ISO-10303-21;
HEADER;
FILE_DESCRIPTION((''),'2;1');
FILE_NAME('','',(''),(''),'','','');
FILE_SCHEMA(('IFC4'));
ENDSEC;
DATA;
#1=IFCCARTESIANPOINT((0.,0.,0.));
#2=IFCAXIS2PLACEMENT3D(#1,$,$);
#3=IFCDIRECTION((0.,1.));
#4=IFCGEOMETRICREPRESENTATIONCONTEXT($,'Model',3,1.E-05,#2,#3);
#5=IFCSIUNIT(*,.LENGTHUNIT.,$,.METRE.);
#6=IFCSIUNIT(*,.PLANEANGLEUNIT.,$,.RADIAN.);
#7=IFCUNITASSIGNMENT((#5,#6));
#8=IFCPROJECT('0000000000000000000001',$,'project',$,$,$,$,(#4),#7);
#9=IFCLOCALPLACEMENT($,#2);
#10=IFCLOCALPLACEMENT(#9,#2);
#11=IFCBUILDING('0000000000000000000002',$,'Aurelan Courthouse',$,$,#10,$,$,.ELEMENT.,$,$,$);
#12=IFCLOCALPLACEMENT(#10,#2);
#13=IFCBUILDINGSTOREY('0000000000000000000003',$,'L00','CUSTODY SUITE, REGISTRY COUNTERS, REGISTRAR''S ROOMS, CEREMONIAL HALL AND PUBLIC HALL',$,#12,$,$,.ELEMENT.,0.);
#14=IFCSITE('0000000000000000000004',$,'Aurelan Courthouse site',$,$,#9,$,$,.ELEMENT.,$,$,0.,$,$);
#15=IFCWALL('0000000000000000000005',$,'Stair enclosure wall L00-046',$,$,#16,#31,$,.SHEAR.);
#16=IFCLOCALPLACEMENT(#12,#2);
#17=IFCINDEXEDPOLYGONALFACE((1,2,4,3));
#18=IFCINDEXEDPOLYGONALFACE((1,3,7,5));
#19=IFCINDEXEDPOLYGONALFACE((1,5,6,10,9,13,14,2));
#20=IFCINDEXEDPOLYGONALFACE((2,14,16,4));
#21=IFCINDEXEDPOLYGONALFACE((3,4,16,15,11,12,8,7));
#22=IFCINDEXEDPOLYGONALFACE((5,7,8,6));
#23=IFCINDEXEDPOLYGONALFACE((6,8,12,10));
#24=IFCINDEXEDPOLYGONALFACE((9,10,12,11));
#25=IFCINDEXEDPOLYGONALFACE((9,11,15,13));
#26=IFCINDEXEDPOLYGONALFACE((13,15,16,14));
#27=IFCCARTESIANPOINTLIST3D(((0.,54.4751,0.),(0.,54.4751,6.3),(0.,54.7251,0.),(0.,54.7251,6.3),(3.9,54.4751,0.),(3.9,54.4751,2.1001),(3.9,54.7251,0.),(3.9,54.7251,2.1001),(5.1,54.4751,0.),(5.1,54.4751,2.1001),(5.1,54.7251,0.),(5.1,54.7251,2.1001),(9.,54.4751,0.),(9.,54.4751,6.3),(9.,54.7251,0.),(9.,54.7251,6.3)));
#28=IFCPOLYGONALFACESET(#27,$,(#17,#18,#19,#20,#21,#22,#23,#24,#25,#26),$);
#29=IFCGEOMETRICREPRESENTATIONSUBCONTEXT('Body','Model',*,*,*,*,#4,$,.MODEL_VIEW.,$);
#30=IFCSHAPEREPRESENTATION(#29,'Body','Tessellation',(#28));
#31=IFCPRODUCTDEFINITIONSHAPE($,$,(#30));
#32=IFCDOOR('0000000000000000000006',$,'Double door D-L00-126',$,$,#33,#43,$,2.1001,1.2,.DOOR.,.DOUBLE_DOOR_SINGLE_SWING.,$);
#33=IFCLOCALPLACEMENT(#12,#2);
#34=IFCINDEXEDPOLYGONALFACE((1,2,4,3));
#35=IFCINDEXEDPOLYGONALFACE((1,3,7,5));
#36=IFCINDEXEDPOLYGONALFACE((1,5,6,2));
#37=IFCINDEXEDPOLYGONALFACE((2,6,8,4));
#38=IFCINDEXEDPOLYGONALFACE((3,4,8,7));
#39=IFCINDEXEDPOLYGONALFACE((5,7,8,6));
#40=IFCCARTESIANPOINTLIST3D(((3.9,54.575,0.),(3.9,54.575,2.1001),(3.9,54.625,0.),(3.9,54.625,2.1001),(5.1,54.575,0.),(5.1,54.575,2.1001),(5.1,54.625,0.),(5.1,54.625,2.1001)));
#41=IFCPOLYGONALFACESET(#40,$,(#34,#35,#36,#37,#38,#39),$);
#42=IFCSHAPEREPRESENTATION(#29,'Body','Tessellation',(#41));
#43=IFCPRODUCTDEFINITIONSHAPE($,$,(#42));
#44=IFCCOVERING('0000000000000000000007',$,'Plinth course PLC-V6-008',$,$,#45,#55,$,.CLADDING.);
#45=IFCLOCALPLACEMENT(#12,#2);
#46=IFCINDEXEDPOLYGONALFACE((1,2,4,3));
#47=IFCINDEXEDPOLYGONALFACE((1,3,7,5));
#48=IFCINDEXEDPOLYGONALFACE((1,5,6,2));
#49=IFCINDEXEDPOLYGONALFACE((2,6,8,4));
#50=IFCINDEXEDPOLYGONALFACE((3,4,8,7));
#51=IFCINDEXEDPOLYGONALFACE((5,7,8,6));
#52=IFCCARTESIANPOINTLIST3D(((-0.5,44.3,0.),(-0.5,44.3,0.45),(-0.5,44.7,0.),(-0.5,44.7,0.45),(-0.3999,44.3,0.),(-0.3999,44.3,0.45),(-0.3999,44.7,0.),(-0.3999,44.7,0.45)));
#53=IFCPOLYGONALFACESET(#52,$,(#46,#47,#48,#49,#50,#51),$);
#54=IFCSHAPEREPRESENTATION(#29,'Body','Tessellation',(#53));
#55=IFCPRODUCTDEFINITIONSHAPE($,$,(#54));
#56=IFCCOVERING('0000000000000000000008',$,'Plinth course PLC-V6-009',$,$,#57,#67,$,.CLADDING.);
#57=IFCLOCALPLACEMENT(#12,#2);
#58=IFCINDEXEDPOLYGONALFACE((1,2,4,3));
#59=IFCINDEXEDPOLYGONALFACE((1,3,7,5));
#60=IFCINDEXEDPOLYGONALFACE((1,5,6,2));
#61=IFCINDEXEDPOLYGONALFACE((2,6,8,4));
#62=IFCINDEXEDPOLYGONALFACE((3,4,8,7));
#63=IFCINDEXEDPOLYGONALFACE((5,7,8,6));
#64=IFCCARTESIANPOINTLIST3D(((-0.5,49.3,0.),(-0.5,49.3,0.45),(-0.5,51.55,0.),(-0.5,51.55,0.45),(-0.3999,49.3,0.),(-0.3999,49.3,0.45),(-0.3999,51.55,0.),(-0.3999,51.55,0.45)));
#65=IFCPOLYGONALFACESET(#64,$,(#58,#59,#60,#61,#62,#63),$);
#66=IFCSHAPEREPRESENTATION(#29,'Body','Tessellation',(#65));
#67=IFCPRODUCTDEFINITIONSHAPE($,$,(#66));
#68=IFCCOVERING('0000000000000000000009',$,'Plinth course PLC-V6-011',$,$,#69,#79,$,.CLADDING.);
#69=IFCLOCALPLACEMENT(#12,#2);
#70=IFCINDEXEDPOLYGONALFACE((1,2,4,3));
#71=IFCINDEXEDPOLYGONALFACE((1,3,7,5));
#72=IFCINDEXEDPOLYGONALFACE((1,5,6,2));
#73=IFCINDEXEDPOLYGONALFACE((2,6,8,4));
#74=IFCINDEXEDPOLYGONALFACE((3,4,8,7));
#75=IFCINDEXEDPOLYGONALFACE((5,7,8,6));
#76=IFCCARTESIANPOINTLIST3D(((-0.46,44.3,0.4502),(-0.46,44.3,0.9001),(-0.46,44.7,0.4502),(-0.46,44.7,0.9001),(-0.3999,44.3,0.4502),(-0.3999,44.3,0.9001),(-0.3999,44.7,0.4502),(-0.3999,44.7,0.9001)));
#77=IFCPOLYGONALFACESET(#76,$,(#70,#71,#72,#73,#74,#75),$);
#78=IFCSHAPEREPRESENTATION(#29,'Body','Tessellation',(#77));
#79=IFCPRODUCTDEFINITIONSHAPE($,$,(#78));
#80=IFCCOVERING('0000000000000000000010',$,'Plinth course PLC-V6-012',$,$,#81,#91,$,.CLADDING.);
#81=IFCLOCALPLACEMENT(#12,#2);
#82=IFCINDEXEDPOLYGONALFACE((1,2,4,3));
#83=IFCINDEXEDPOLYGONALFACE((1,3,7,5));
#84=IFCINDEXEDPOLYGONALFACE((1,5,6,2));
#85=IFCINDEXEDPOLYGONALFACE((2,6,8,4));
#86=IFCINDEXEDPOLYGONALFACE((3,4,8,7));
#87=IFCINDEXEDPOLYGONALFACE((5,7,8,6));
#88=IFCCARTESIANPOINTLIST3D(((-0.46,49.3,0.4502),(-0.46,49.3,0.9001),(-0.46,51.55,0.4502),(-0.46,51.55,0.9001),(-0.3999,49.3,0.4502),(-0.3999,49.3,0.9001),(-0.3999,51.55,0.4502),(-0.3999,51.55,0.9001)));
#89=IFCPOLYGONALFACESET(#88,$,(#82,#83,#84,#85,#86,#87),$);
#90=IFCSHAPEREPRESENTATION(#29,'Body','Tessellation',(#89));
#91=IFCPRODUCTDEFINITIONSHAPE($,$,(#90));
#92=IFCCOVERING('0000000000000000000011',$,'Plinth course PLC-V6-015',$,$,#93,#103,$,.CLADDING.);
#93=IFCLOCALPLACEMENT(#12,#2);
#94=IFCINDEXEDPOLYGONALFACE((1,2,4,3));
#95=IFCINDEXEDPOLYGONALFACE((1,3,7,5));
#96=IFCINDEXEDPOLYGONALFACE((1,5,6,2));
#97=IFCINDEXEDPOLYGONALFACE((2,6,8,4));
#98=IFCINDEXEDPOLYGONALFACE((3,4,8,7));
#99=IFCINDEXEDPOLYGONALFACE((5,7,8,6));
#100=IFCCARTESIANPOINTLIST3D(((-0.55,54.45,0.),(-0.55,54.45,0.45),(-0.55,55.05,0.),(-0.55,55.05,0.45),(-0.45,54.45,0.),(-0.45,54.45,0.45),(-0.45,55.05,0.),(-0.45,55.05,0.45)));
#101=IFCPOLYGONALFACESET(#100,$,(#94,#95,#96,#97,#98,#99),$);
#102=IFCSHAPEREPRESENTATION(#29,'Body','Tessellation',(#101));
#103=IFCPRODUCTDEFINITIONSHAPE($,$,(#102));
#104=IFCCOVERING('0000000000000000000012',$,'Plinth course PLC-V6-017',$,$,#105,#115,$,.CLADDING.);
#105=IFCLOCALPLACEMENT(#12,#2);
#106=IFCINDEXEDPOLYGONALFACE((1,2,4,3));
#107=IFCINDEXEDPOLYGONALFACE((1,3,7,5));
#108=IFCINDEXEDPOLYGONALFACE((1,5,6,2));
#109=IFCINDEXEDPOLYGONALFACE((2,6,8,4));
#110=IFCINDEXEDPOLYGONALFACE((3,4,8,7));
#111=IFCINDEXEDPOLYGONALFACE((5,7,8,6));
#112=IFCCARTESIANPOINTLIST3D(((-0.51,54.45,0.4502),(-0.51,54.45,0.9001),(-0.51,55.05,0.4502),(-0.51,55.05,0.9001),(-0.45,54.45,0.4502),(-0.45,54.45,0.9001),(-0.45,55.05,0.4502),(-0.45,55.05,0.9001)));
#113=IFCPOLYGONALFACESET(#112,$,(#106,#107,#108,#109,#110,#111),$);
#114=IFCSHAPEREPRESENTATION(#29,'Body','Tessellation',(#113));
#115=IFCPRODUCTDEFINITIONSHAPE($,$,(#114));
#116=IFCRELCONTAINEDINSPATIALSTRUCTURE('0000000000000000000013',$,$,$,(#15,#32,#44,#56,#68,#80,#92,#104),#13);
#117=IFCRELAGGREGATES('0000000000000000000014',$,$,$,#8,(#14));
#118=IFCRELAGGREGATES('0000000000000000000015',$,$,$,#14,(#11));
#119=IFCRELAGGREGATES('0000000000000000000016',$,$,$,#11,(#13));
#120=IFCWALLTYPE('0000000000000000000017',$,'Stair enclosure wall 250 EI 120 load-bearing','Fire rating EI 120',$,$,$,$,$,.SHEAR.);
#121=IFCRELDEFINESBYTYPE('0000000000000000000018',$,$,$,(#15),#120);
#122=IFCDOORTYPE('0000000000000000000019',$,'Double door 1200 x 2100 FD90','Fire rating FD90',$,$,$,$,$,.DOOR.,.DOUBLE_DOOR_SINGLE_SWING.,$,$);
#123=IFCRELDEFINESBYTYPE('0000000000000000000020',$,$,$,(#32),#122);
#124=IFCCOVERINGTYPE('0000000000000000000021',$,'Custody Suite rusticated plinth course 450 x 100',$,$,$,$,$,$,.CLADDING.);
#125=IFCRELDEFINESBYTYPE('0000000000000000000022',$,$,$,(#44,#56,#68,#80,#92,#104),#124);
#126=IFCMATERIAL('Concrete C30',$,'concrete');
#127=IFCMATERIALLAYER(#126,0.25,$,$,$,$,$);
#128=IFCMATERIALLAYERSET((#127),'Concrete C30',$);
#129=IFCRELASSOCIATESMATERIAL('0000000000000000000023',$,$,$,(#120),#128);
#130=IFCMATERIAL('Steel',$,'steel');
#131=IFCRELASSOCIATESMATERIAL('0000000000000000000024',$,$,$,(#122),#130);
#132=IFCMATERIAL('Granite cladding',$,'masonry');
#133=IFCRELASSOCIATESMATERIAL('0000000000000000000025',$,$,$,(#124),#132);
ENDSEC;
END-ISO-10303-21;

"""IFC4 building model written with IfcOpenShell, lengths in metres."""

from ifc_helpers import new_model, si_unit, direction, frame, frame_2d, origin, origin_2d, place, context, subcontext, project, spatial, rectangle, extrude, material, layer, layer_set, type_object, element, fill, save


model = new_model("IFC4")

# Units and contexts
model_context = context("Model", 3, precision=1e-05, world=origin(), true_north=direction((0.0, 1.0)))
body_context = subcontext(model_context, "Body", "Model", "MODEL_VIEW")
ifc_project = project(units=[si_unit("LENGTHUNIT", "METRE"), si_unit("PLANEANGLEUNIT", "RADIAN")], contexts=[model_context])

# Site, building, storey
site_placement = place(None, origin())
site = spatial("IfcSite", under=ifc_project, at=site_placement, Name="Aurelan Courthouse site", CompositionType="ELEMENT", RefElevation=0.0)
building_placement = place(site_placement, origin())
building = spatial("IfcBuilding", under=site, at=building_placement, Name="Aurelan Courthouse", CompositionType="ELEMENT")
storey_placement = place(building_placement, origin())
storey = spatial("IfcBuildingStorey", under=building, at=storey_placement, Name="L00", Description="CUSTODY SUITE, REGISTRY COUNTERS, REGISTRAR'S ROOMS, CEREMONIAL HALL AND PUBLIC HALL", CompositionType="ELEMENT", Elevation=0.0)

# Shared definitions
ifc_material_1 = material(Name="Granite cladding", Category="masonry")
ifc_material_2 = material(Name="Concrete C30", Category="concrete")

# Wall, opening, door
ifc_layer_1 = layer(ifc_material_2, 0.25)
ifc_layer_set_1 = layer_set([ifc_layer_1], Name="Concrete C30")
wall_type_1 = type_object("IfcWallType", Name="Stair enclosure wall 250 EI 120 load-bearing", Description="Fire rating EI 120", PredefinedType="SHEAR", material=ifc_layer_set_1)
wall_1_placement = place(storey_placement, frame((0.0, 54.6001, 0.0), z_axis=(0.0, 0.0, 1.0), x_axis=(1.0, 0.0, 0.0)))
wall_1 = element("IfcWall", 1, at=wall_1_placement, inside=storey, type_object=wall_type_1, Name="Stair enclosure wall L00-046", PredefinedType="SHEAR", context=body_context, shape_type="SweptSolid", body=[
    extrude(rectangle(XDim=9.0, YDim=0.25, at=frame_2d((4.5, 0.0))), origin(), (0.0, 0.0, 1.0), 6.3),
])
opening_1_placement = place(wall_1_placement, frame((3.8999, 0.0, 0.0)))
opening_1 = element("IfcOpeningElement", 2, at=opening_1_placement, cuts=wall_1, PredefinedType="OPENING", context=body_context, shape_type="SweptSolid", body=[
    extrude(rectangle(XDim=1.2, YDim=2.1001, at=frame_2d((0.6001, 1.05))), frame((0.0, 0.135, 0.0), z_axis=(0.0, -1.0, 0.0), x_axis=(1.0, 0.0, 0.0)), (0.0, 0.0, 1.0), 0.27),
])
ifc_material_3 = material(Name="Steel", Category="steel")
door_type_1 = type_object("IfcDoorType", Name="Double door 1200 x 2100 FD90", Description="Fire rating FD90", OperationType="DOUBLE_DOOR_SINGLE_SWING", PredefinedType="DOOR", material=ifc_material_3)
door_1_placement = place(opening_1_placement, origin())
door_1 = element("IfcDoor", 3, at=door_1_placement, inside=storey, type_object=door_type_1, Name="Double door D-L00-126", OperationType="DOUBLE_DOOR_SINGLE_SWING", OverallHeight=2.1001, OverallWidth=1.2, PredefinedType="DOOR", context=body_context, shape_type="SweptSolid", body=[
    extrude(rectangle(XDim=1.2, YDim=2.1001, at=frame_2d((0.6001, 1.05))), frame((0.0, 0.0249, 0.0), z_axis=(0.0, -1.0, 0.0), x_axis=(1.0, 0.0, 0.0)), (0.0, 0.0, 1.0), 0.05),
])
fill(opening_1, door_1)

# Coverings
covering_type = type_object("IfcCoveringType", Name="Custody Suite rusticated plinth course 450 x 100", PredefinedType="CLADDING", material=ifc_material_1)
covering_1_placement = place(storey_placement, frame((-0.45, 44.5, 0.0), z_axis=(0.0, 0.0, 1.0), x_axis=(1.0, 0.0, 0.0)))
element("IfcCovering", 4, at=covering_1_placement, inside=storey, type_object=covering_type, Name="Plinth course PLC-V6-008", PredefinedType="CLADDING", context=body_context, shape_type="SweptSolid", body=[
    extrude(rectangle(XDim=0.1001, YDim=0.3999, at=origin_2d()), origin(), (0.0, 0.0, 1.0), 0.45),
])
covering_2_placement = place(storey_placement, frame((-0.45, 50.425, 0.0), z_axis=(0.0, 0.0, 1.0), x_axis=(1.0, 0.0, 0.0)))
element("IfcCovering", 5, at=covering_2_placement, inside=storey, type_object=covering_type, Name="Plinth course PLC-V6-009", PredefinedType="CLADDING", context=body_context, shape_type="SweptSolid", body=[
    extrude(rectangle(XDim=0.1001, YDim=2.25, at=origin_2d()), origin(), (0.0, 0.0, 1.0), 0.45),
])
covering_3_placement = place(storey_placement, frame((-0.4299, 44.5, 0.4502), z_axis=(0.0, 0.0, 1.0), x_axis=(1.0, 0.0, 0.0)))
element("IfcCovering", 6, at=covering_3_placement, inside=storey, type_object=covering_type, Name="Plinth course PLC-V6-011", PredefinedType="CLADDING", context=body_context, shape_type="SweptSolid", body=[
    extrude(rectangle(XDim=0.0601, YDim=0.3999, at=origin_2d()), origin(), (0.0, 0.0, 1.0), 0.45),
])
covering_4_placement = place(storey_placement, frame((-0.4299, 50.425, 0.4502), z_axis=(0.0, 0.0, 1.0), x_axis=(1.0, 0.0, 0.0)))
element("IfcCovering", 7, at=covering_4_placement, inside=storey, type_object=covering_type, Name="Plinth course PLC-V6-012", PredefinedType="CLADDING", context=body_context, shape_type="SweptSolid", body=[
    extrude(rectangle(XDim=0.0601, YDim=2.25, at=origin_2d()), origin(), (0.0, 0.0, 1.0), 0.45),
])
covering_5_placement = place(storey_placement, frame((-0.5, 54.75, 0.0), z_axis=(0.0, 0.0, 1.0), x_axis=(1.0, 0.0, 0.0)))
element("IfcCovering", 8, at=covering_5_placement, inside=storey, type_object=covering_type, Name="Plinth course PLC-V6-015", PredefinedType="CLADDING", context=body_context, shape_type="SweptSolid", body=[
    extrude(rectangle(XDim=0.1001, YDim=0.6001, at=origin_2d()), origin(), (0.0, 0.0, 1.0), 0.45),
])
covering_6_placement = place(storey_placement, frame((-0.48, 54.75, 0.4502), z_axis=(0.0, 0.0, 1.0), x_axis=(1.0, 0.0, 0.0)))
element("IfcCovering", 9, at=covering_6_placement, inside=storey, type_object=covering_type, Name="Plinth course PLC-V6-017", PredefinedType="CLADDING", context=body_context, shape_type="SweptSolid", body=[
    extrude(rectangle(XDim=0.0601, YDim=0.6001, at=origin_2d()), origin(), (0.0, 0.0, 1.0), 0.45),
])

save(model, "model.ifc")
